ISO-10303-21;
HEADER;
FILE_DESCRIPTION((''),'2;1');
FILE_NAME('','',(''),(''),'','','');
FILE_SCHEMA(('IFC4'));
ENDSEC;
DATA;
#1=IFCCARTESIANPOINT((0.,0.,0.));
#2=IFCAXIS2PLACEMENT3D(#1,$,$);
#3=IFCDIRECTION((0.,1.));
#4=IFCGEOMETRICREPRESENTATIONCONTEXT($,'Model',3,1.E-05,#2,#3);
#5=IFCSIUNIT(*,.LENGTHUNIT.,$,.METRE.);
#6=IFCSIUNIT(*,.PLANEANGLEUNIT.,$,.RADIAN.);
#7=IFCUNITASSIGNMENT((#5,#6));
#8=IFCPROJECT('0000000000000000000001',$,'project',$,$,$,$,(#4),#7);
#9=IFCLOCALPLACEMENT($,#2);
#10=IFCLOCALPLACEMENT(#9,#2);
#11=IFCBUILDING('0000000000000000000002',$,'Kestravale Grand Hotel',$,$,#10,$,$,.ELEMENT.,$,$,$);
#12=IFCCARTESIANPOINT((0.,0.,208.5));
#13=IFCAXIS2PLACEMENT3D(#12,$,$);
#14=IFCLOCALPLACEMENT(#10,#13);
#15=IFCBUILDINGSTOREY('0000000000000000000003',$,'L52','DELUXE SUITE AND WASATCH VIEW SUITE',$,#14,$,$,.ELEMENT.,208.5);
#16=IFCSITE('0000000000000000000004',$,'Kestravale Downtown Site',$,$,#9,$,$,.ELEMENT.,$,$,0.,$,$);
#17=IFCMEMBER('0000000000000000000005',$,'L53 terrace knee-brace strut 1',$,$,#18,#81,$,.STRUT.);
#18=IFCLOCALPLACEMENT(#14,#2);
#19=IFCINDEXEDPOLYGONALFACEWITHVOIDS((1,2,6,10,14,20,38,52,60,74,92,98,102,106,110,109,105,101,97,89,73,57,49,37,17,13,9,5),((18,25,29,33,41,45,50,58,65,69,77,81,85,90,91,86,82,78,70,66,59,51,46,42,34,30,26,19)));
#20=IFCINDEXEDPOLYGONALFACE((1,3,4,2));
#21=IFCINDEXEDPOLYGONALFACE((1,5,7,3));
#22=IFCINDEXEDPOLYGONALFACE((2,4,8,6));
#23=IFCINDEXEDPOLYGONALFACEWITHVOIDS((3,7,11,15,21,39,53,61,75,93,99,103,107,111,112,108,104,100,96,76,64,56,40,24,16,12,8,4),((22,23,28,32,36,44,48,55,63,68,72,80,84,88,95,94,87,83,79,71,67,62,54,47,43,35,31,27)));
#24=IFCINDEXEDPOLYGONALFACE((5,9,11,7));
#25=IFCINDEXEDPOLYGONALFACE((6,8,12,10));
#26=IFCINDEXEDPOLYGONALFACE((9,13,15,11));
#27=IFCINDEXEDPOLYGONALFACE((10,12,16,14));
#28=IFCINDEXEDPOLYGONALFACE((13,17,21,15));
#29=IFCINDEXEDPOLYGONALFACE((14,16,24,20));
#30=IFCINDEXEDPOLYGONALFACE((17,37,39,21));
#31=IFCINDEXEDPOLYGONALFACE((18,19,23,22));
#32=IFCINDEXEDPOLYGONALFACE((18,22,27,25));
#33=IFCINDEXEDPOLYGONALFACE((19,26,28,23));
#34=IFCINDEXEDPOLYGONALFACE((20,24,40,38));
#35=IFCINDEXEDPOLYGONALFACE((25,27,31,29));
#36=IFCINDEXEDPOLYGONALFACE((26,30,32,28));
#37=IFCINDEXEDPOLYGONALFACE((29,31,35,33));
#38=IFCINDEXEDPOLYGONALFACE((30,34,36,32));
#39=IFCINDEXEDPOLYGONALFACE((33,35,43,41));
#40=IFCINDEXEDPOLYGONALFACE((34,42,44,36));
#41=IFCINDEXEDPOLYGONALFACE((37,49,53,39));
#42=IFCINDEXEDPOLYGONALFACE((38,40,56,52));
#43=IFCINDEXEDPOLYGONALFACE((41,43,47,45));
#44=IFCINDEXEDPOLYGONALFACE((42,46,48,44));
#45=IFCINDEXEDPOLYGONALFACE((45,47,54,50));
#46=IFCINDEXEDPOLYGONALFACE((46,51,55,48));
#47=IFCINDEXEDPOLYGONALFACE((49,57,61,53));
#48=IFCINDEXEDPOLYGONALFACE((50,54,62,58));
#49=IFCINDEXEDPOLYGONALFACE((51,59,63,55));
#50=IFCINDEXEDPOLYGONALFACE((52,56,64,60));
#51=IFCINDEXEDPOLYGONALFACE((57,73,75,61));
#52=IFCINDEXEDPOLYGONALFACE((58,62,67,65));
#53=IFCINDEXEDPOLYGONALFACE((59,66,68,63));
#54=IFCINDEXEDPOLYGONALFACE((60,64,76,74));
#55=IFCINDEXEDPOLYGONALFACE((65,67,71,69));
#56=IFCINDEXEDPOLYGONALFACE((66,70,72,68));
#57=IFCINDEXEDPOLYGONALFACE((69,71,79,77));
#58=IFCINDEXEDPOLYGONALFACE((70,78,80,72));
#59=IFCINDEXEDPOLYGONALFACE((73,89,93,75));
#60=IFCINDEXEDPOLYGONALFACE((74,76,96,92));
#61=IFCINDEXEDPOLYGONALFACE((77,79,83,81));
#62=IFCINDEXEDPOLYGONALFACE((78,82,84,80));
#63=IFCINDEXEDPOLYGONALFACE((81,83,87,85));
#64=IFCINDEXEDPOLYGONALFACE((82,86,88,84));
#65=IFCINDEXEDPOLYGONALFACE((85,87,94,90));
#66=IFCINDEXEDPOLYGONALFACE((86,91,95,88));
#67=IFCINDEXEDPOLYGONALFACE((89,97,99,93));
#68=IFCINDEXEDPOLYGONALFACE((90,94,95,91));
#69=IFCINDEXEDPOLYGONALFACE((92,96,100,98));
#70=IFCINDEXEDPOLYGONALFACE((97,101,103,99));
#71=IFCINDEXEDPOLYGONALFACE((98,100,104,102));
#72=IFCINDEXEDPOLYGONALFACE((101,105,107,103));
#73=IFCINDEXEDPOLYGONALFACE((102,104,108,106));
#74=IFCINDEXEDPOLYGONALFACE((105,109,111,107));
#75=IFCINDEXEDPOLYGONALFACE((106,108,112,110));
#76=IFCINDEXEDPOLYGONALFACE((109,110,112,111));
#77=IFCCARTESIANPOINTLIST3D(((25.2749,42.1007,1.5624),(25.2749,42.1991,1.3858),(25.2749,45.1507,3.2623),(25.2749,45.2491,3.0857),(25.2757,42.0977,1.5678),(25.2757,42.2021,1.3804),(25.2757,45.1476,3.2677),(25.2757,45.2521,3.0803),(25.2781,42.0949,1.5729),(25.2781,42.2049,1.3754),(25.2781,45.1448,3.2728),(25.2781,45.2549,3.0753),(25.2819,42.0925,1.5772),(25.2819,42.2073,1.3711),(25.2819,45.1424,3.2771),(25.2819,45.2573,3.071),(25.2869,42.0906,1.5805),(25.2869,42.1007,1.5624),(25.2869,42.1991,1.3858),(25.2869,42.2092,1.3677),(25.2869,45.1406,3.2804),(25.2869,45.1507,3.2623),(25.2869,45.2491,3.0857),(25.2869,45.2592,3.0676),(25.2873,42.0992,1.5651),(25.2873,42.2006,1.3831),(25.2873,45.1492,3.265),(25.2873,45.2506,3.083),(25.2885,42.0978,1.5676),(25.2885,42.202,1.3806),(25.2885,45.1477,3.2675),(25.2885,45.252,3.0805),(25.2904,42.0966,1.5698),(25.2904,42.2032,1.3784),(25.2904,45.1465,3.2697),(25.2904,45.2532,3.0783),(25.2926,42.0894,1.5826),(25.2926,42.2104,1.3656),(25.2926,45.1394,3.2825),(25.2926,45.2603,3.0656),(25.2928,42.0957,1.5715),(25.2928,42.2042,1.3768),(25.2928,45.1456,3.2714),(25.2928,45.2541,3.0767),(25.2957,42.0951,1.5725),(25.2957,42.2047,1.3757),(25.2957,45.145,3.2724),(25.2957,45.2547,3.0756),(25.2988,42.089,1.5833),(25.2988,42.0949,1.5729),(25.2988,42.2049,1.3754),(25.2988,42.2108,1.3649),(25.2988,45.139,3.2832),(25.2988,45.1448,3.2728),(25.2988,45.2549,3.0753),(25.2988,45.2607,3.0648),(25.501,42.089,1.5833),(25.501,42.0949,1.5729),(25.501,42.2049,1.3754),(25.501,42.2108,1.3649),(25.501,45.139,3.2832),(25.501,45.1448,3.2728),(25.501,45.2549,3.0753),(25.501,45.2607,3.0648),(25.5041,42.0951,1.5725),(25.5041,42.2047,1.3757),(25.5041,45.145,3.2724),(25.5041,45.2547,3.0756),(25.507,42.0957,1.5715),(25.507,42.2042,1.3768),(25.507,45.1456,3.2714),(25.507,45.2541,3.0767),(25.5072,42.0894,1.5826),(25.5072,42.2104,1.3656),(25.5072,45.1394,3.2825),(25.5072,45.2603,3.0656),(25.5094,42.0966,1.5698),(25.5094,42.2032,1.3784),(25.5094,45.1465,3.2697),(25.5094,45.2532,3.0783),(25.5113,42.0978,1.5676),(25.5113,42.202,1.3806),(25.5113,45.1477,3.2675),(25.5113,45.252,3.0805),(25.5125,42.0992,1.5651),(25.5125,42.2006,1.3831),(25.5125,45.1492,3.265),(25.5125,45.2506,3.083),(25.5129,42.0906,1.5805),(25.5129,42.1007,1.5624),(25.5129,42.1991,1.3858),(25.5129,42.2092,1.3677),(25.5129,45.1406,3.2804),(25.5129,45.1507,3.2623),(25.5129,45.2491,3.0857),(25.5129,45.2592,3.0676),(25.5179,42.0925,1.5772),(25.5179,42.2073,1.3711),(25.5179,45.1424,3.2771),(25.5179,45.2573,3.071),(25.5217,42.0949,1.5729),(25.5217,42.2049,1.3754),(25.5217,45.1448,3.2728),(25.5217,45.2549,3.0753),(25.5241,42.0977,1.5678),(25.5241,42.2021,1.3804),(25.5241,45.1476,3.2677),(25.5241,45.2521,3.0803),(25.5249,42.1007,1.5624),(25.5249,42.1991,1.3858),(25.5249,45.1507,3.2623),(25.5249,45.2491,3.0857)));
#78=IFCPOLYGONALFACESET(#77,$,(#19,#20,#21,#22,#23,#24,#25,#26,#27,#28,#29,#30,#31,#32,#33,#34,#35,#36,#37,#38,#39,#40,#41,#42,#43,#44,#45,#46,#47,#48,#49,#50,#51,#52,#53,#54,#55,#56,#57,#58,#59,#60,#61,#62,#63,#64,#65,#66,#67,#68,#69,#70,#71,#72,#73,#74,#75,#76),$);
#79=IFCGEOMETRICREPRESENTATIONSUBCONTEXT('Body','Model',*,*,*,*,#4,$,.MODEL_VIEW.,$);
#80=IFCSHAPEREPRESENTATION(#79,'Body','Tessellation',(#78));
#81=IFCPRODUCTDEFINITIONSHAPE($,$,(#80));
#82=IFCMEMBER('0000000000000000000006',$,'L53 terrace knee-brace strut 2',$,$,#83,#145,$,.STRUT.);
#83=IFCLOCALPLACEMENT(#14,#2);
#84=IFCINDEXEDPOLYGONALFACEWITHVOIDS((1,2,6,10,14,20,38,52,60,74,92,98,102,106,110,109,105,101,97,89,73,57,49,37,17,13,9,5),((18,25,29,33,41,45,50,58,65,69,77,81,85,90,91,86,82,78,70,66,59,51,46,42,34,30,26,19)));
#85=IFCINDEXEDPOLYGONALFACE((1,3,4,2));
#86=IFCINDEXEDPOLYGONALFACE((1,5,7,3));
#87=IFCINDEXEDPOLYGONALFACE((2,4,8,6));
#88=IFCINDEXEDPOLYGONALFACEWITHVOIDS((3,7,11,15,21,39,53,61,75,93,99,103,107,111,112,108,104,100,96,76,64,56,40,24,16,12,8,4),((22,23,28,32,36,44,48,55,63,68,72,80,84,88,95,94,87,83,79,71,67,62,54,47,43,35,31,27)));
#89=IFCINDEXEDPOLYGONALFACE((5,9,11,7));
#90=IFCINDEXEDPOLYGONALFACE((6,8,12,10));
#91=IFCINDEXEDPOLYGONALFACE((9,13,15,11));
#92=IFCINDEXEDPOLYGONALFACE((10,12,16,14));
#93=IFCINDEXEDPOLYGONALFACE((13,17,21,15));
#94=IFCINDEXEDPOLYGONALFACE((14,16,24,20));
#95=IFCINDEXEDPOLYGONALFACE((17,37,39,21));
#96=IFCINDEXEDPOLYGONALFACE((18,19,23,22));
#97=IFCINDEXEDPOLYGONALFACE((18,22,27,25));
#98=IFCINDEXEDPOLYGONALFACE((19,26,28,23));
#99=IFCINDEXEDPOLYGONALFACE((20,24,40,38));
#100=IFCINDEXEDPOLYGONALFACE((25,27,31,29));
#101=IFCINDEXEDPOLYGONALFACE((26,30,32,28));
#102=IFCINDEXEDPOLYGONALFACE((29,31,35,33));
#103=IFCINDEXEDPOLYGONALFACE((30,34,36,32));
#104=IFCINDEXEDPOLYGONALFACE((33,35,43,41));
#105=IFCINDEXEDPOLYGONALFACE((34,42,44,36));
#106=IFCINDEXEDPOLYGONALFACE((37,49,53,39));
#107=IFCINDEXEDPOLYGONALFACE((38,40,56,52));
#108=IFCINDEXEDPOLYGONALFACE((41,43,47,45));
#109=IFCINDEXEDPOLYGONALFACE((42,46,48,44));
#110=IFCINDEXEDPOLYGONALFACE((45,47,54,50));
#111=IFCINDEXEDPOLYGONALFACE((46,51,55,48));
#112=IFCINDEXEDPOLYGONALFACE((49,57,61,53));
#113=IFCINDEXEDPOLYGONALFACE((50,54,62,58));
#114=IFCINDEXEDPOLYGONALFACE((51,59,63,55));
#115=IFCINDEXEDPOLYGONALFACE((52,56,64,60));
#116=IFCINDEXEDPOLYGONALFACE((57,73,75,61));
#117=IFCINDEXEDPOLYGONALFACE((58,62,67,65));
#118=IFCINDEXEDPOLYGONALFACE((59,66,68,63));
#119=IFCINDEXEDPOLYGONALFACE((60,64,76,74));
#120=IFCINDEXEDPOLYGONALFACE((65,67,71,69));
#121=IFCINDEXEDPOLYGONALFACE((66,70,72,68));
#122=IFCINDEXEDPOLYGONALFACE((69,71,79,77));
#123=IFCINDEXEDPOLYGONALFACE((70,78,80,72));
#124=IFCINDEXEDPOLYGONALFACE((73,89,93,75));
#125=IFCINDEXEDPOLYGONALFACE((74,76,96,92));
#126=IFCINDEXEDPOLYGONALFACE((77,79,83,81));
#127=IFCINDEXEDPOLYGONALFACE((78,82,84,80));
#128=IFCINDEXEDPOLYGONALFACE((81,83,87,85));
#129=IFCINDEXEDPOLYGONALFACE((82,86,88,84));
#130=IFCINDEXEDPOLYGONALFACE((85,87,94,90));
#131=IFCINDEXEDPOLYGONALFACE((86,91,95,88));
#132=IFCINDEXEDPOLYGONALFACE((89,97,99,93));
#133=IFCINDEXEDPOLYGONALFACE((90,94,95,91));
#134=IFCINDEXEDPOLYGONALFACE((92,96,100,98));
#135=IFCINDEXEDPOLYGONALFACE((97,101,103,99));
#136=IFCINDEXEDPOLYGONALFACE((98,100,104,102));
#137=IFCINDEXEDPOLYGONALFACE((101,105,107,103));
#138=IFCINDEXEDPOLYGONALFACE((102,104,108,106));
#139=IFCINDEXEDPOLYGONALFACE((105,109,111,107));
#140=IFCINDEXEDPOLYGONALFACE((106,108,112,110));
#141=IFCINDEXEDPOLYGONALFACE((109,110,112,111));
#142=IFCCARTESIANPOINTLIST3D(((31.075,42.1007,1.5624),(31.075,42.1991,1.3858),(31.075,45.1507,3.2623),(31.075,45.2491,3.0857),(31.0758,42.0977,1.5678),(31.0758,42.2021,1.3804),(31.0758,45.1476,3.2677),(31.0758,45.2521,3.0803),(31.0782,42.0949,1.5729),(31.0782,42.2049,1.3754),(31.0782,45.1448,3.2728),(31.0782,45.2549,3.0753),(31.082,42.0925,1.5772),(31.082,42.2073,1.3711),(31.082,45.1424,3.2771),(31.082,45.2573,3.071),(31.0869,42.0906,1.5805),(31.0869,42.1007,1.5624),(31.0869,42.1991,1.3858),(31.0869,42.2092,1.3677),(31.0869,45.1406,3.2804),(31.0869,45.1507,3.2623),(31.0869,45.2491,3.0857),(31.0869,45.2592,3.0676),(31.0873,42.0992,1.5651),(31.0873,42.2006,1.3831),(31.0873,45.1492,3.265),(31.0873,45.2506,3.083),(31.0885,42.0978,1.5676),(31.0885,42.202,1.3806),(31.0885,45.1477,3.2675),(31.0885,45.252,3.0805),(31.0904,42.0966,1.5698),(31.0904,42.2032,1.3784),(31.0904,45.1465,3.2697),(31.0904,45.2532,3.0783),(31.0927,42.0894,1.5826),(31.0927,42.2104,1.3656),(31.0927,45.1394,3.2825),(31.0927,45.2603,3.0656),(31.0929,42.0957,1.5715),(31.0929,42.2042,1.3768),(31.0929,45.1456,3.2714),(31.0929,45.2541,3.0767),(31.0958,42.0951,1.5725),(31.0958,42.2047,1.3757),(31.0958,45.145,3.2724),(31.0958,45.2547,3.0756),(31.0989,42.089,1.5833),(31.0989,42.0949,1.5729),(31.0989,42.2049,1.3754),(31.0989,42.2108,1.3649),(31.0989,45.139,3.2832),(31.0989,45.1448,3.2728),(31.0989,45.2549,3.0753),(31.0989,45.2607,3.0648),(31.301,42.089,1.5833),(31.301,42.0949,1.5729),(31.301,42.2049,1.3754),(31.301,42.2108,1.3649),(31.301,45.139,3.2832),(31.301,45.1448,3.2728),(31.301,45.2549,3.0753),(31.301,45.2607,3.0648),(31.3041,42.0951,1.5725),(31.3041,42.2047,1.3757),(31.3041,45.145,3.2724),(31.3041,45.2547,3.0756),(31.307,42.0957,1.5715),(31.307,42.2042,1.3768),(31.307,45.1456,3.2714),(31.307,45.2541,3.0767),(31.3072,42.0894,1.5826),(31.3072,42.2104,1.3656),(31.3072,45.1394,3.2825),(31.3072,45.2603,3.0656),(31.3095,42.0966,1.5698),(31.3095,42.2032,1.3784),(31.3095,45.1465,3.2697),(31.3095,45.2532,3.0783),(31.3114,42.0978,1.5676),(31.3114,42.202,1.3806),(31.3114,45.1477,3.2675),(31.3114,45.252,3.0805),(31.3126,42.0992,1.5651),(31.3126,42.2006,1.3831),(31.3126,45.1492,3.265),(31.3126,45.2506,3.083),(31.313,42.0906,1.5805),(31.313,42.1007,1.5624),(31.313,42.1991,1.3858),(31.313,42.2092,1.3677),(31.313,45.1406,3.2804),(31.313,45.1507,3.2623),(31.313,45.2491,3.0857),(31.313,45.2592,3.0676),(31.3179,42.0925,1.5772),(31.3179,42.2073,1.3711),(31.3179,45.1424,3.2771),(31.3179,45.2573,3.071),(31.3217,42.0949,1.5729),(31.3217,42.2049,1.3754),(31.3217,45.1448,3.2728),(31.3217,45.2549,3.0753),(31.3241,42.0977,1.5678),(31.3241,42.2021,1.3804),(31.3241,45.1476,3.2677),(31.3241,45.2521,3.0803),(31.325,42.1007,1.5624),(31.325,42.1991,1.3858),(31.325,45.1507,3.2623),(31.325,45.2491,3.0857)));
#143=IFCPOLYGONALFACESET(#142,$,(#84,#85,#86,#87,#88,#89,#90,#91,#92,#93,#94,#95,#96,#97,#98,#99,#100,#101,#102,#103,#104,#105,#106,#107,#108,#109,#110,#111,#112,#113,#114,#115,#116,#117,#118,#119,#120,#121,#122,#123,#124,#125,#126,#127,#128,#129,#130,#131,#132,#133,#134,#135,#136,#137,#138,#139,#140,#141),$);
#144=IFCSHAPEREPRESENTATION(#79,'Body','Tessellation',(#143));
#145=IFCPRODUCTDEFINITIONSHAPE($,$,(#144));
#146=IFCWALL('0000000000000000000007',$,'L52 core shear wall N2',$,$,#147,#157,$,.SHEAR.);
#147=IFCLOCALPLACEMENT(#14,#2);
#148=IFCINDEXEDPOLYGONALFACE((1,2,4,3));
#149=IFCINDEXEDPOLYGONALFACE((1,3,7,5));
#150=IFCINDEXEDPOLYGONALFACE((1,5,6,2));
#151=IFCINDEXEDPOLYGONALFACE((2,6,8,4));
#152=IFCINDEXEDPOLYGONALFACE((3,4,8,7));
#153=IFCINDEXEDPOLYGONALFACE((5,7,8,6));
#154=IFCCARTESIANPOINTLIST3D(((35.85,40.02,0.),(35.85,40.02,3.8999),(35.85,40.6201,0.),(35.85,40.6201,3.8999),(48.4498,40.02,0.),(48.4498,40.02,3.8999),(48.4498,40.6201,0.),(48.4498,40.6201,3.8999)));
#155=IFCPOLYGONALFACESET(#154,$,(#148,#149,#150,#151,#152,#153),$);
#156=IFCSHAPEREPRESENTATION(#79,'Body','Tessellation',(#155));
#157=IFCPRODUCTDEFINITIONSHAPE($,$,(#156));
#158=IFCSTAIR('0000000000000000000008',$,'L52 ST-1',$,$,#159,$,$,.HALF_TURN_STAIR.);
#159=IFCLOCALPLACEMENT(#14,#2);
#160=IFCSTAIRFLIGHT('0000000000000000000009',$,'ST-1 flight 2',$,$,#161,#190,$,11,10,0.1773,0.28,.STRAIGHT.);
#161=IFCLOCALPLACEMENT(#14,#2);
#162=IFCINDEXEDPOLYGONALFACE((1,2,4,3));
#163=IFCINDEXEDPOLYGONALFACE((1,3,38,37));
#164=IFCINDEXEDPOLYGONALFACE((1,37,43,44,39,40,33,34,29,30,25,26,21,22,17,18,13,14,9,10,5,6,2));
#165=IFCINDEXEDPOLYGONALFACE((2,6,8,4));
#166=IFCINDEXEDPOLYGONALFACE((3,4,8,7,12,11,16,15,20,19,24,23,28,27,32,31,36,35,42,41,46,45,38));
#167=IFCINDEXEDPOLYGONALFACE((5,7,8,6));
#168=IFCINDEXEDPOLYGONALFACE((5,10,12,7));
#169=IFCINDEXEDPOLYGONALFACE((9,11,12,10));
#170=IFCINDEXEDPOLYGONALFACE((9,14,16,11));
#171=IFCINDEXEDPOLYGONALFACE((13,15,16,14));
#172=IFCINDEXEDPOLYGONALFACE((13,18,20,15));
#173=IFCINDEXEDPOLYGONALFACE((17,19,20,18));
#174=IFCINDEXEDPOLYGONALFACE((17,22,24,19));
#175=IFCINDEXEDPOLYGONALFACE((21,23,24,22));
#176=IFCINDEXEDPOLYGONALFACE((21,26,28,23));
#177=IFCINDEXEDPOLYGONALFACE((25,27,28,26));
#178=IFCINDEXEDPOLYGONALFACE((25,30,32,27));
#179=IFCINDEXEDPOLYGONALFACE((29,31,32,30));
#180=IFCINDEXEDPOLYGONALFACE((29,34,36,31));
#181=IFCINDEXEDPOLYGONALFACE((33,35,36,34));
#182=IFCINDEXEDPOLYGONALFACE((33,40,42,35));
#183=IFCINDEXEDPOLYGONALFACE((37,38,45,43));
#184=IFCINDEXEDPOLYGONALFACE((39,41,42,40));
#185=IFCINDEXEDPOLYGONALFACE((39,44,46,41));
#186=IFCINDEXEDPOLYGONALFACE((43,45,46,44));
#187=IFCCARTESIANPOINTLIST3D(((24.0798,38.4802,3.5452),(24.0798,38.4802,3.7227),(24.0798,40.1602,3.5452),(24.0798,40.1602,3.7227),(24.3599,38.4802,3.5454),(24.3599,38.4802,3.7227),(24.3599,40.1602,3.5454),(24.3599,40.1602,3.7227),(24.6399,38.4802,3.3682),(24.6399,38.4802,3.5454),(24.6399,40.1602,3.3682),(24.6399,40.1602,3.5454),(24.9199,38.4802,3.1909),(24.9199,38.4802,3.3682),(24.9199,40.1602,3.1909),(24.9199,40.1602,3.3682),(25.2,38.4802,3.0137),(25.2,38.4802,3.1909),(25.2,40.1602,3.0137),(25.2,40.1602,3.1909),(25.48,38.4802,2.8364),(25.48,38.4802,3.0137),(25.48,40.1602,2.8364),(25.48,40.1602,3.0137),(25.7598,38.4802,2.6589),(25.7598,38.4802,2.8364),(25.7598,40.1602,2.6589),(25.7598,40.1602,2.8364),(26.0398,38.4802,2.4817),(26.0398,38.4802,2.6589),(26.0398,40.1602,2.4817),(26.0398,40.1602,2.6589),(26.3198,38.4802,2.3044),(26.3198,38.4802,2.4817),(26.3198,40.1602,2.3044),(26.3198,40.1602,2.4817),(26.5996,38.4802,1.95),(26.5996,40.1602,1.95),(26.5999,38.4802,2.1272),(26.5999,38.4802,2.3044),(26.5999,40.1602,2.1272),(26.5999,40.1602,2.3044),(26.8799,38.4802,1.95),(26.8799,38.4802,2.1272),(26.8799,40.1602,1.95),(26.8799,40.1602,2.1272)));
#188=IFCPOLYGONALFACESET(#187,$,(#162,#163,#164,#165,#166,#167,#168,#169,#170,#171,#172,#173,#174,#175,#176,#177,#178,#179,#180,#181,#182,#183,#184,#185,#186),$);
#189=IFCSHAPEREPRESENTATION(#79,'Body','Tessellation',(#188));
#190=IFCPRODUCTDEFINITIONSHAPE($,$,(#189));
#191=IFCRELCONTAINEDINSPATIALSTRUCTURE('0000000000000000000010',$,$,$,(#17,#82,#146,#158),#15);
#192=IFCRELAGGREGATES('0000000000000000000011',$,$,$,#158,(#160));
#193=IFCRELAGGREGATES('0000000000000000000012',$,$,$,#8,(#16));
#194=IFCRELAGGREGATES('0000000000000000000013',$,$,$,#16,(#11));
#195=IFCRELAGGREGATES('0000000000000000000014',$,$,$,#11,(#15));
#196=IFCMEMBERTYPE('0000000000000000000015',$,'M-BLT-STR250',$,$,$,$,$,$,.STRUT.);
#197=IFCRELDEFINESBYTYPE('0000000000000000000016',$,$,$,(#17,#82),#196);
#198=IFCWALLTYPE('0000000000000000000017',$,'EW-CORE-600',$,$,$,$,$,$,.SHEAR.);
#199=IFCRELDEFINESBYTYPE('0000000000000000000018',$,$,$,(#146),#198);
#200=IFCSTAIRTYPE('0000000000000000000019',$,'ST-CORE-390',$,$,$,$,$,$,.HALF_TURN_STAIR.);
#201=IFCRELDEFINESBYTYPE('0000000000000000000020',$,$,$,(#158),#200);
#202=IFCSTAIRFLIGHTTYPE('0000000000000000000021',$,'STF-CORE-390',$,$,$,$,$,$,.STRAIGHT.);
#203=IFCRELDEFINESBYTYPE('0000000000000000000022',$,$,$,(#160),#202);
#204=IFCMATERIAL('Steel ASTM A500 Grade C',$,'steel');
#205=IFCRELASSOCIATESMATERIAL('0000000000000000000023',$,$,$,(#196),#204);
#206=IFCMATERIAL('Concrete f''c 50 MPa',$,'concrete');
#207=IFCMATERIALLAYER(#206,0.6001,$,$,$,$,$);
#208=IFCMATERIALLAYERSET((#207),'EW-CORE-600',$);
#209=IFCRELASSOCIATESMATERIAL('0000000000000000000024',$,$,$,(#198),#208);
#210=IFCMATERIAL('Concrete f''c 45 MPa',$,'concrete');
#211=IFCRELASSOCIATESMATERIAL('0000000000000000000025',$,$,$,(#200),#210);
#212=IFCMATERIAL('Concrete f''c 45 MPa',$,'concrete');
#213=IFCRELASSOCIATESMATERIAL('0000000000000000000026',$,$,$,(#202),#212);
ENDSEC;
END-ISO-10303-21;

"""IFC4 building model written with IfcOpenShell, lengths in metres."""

from ifc_helpers import new_model, si_unit, direction, frame, frame_2d, origin, origin_2d, place, context, subcontext, project, spatial, polyline, rectangle, hollow_rectangle, outline, extrude, material, layer, layer_set, material_profile, profile_set, type_object, element, aggregate, save


model = new_model("IFC4")

# Units and contexts
model_context = context("Model", 3, precision=1e-05, world=origin(), true_north=direction((0.0, 1.0)))
body_context = subcontext(model_context, "Body", "Model", "MODEL_VIEW")
ifc_project = project(units=[si_unit("LENGTHUNIT", "METRE"), si_unit("PLANEANGLEUNIT", "RADIAN")], contexts=[model_context])

# Site, building, storey
site_placement = place(None, origin())
site = spatial("IfcSite", under=ifc_project, at=site_placement, Name="Kestravale Downtown Site", CompositionType="ELEMENT", RefElevation=0.0)
building_placement = place(site_placement, origin())
building = spatial("IfcBuilding", under=site, at=building_placement, Name="Kestravale Grand Hotel", CompositionType="ELEMENT")
storey_placement = place(building_placement, frame((0.0, 0.0, 208.5)))
storey = spatial("IfcBuildingStorey", under=building, at=storey_placement, Name="L52", Description="DELUXE SUITE AND WASATCH VIEW SUITE", CompositionType="ELEMENT", Elevation=208.5)

# Members
ifc_material_1 = material(Name="Steel ASTM A500 Grade C", Category="steel")
ifc_material_profile_1 = material_profile(ifc_material_1, hollow_rectangle(XDim=0.25, YDim=0.25, WallThickness=0.012, InnerFilletRadius=0.012, OuterFilletRadius=0.0239, at=origin_2d()))
ifc_profile_set_1 = profile_set([ifc_material_profile_1], Name="Steel ASTM A500 Grade C")
member_type = type_object("IfcMemberType", Name="M-BLT-STR250", PredefinedType="STRUT", material=ifc_profile_set_1)
for number, where, z_axis, x_axis, name in (
    (1, (25.3999, 42.1499, 1.4741), (0.0, 0.87349, 0.486842), (-1.0, 0.0, 0.0), "L53 terrace knee-brace strut 1"),
    (2, (31.2, 42.1499, 1.4741), (0.0, 0.87349, 0.486842), (-1.0, 0.0, 0.0), "L53 terrace knee-brace strut 2"),
):
    element("IfcMember", number, at=place(storey_placement, frame(where, z_axis=z_axis, x_axis=x_axis)), inside=storey, type_object=member_type, Name=name, PredefinedType="STRUT", context=body_context, shape_type="SweptSolid", body=[
        extrude(hollow_rectangle(XDim=0.25, YDim=0.25, WallThickness=0.012, InnerFilletRadius=0.012, OuterFilletRadius=0.0239, at=origin_2d()), origin(), (0.0, 0.0, 1.0), 3.4917),
    ])

# Wall
ifc_material_2 = material(Name="Concrete f'c 50 MPa", Category="concrete")
ifc_layer = layer(ifc_material_2, 0.6001)
ifc_layer_set = layer_set([ifc_layer], Name="EW-CORE-600")
wall_type = type_object("IfcWallType", Name="EW-CORE-600", PredefinedType="SHEAR", material=ifc_layer_set)
wall_placement = place(storey_placement, frame((35.8501, 40.3201, 0.0), z_axis=(0.0, 0.0, 1.0), x_axis=(1.0, 0.0, 0.0)))
element("IfcWall", 3, at=wall_placement, inside=storey, type_object=wall_type, Name="L52 core shear wall N2", PredefinedType="SHEAR", context=body_context, shape_type="SweptSolid", body=[
    extrude(rectangle(XDim=12.5999, YDim=0.6001, at=frame_2d((6.2998, 0.0))), origin(), (0.0, 0.0, 1.0), 3.8999),
])

# Stair, stair flight
ifc_material_3 = material(Name="Concrete f'c 45 MPa", Category="concrete")
stair_type = type_object("IfcStairType", Name="ST-CORE-390", PredefinedType="HALF_TURN_STAIR", material=ifc_material_3)
stair_placement = place(storey_placement, origin())
stair = element("IfcStair", 4, at=stair_placement, inside=storey, type_object=stair_type, Name="L52 ST-1", PredefinedType="HALF_TURN_STAIR")
ifc_material_4 = material(Name="Concrete f'c 45 MPa", Category="concrete")
stair_flight_type = type_object("IfcStairFlightType", Name="STF-CORE-390", PredefinedType="STRAIGHT", material=ifc_material_4)
stair_flight_placement = place(storey_placement, frame((26.8799, 39.3201, 1.95), z_axis=(0.0, 0.0, 1.0), x_axis=(-1.0, 0.0, 0.0)))
stair_flight = element("IfcStairFlight", 5, at=stair_flight_placement, type_object=stair_flight_type, Name="ST-1 flight 2", NumberOfRisers=11, NumberOfTreads=10, PredefinedType="STRAIGHT", RiserHeight=0.1773, TreadLength=0.28, context=body_context, shape_type="SweptSolid", body=[
    extrude(outline(polyline([(0.0, 0.0), (0.0, 0.1772), (0.28, 0.1772), (0.28, 0.3545), (0.5601, 0.3545), (0.5601, 0.5317), (0.8401, 0.5317), (0.8401, 0.709), (1.1201, 0.709), (1.1201, 0.8865), (1.3999, 0.8865), (1.3999, 1.0637), (1.6799, 1.0637), (1.6799, 1.241), (1.96, 1.241), (1.96, 1.4182), (2.24, 1.4182), (2.24, 1.5955), (2.52, 1.5955), (2.52, 1.7727), (2.8, 1.7727), (2.8, 1.95), (2.8, 1.5952), (0.2803, 0.0), (0.0, 0.0)])), frame((0.0, 0.8398, 0.0), z_axis=(0.0, -1.0, 0.0), x_axis=(1.0, 0.0, 0.0)), (0.0, 0.0, 1.0), 1.6799),
])
aggregate(stair, [stair_flight])

save(model, "model.ifc")
